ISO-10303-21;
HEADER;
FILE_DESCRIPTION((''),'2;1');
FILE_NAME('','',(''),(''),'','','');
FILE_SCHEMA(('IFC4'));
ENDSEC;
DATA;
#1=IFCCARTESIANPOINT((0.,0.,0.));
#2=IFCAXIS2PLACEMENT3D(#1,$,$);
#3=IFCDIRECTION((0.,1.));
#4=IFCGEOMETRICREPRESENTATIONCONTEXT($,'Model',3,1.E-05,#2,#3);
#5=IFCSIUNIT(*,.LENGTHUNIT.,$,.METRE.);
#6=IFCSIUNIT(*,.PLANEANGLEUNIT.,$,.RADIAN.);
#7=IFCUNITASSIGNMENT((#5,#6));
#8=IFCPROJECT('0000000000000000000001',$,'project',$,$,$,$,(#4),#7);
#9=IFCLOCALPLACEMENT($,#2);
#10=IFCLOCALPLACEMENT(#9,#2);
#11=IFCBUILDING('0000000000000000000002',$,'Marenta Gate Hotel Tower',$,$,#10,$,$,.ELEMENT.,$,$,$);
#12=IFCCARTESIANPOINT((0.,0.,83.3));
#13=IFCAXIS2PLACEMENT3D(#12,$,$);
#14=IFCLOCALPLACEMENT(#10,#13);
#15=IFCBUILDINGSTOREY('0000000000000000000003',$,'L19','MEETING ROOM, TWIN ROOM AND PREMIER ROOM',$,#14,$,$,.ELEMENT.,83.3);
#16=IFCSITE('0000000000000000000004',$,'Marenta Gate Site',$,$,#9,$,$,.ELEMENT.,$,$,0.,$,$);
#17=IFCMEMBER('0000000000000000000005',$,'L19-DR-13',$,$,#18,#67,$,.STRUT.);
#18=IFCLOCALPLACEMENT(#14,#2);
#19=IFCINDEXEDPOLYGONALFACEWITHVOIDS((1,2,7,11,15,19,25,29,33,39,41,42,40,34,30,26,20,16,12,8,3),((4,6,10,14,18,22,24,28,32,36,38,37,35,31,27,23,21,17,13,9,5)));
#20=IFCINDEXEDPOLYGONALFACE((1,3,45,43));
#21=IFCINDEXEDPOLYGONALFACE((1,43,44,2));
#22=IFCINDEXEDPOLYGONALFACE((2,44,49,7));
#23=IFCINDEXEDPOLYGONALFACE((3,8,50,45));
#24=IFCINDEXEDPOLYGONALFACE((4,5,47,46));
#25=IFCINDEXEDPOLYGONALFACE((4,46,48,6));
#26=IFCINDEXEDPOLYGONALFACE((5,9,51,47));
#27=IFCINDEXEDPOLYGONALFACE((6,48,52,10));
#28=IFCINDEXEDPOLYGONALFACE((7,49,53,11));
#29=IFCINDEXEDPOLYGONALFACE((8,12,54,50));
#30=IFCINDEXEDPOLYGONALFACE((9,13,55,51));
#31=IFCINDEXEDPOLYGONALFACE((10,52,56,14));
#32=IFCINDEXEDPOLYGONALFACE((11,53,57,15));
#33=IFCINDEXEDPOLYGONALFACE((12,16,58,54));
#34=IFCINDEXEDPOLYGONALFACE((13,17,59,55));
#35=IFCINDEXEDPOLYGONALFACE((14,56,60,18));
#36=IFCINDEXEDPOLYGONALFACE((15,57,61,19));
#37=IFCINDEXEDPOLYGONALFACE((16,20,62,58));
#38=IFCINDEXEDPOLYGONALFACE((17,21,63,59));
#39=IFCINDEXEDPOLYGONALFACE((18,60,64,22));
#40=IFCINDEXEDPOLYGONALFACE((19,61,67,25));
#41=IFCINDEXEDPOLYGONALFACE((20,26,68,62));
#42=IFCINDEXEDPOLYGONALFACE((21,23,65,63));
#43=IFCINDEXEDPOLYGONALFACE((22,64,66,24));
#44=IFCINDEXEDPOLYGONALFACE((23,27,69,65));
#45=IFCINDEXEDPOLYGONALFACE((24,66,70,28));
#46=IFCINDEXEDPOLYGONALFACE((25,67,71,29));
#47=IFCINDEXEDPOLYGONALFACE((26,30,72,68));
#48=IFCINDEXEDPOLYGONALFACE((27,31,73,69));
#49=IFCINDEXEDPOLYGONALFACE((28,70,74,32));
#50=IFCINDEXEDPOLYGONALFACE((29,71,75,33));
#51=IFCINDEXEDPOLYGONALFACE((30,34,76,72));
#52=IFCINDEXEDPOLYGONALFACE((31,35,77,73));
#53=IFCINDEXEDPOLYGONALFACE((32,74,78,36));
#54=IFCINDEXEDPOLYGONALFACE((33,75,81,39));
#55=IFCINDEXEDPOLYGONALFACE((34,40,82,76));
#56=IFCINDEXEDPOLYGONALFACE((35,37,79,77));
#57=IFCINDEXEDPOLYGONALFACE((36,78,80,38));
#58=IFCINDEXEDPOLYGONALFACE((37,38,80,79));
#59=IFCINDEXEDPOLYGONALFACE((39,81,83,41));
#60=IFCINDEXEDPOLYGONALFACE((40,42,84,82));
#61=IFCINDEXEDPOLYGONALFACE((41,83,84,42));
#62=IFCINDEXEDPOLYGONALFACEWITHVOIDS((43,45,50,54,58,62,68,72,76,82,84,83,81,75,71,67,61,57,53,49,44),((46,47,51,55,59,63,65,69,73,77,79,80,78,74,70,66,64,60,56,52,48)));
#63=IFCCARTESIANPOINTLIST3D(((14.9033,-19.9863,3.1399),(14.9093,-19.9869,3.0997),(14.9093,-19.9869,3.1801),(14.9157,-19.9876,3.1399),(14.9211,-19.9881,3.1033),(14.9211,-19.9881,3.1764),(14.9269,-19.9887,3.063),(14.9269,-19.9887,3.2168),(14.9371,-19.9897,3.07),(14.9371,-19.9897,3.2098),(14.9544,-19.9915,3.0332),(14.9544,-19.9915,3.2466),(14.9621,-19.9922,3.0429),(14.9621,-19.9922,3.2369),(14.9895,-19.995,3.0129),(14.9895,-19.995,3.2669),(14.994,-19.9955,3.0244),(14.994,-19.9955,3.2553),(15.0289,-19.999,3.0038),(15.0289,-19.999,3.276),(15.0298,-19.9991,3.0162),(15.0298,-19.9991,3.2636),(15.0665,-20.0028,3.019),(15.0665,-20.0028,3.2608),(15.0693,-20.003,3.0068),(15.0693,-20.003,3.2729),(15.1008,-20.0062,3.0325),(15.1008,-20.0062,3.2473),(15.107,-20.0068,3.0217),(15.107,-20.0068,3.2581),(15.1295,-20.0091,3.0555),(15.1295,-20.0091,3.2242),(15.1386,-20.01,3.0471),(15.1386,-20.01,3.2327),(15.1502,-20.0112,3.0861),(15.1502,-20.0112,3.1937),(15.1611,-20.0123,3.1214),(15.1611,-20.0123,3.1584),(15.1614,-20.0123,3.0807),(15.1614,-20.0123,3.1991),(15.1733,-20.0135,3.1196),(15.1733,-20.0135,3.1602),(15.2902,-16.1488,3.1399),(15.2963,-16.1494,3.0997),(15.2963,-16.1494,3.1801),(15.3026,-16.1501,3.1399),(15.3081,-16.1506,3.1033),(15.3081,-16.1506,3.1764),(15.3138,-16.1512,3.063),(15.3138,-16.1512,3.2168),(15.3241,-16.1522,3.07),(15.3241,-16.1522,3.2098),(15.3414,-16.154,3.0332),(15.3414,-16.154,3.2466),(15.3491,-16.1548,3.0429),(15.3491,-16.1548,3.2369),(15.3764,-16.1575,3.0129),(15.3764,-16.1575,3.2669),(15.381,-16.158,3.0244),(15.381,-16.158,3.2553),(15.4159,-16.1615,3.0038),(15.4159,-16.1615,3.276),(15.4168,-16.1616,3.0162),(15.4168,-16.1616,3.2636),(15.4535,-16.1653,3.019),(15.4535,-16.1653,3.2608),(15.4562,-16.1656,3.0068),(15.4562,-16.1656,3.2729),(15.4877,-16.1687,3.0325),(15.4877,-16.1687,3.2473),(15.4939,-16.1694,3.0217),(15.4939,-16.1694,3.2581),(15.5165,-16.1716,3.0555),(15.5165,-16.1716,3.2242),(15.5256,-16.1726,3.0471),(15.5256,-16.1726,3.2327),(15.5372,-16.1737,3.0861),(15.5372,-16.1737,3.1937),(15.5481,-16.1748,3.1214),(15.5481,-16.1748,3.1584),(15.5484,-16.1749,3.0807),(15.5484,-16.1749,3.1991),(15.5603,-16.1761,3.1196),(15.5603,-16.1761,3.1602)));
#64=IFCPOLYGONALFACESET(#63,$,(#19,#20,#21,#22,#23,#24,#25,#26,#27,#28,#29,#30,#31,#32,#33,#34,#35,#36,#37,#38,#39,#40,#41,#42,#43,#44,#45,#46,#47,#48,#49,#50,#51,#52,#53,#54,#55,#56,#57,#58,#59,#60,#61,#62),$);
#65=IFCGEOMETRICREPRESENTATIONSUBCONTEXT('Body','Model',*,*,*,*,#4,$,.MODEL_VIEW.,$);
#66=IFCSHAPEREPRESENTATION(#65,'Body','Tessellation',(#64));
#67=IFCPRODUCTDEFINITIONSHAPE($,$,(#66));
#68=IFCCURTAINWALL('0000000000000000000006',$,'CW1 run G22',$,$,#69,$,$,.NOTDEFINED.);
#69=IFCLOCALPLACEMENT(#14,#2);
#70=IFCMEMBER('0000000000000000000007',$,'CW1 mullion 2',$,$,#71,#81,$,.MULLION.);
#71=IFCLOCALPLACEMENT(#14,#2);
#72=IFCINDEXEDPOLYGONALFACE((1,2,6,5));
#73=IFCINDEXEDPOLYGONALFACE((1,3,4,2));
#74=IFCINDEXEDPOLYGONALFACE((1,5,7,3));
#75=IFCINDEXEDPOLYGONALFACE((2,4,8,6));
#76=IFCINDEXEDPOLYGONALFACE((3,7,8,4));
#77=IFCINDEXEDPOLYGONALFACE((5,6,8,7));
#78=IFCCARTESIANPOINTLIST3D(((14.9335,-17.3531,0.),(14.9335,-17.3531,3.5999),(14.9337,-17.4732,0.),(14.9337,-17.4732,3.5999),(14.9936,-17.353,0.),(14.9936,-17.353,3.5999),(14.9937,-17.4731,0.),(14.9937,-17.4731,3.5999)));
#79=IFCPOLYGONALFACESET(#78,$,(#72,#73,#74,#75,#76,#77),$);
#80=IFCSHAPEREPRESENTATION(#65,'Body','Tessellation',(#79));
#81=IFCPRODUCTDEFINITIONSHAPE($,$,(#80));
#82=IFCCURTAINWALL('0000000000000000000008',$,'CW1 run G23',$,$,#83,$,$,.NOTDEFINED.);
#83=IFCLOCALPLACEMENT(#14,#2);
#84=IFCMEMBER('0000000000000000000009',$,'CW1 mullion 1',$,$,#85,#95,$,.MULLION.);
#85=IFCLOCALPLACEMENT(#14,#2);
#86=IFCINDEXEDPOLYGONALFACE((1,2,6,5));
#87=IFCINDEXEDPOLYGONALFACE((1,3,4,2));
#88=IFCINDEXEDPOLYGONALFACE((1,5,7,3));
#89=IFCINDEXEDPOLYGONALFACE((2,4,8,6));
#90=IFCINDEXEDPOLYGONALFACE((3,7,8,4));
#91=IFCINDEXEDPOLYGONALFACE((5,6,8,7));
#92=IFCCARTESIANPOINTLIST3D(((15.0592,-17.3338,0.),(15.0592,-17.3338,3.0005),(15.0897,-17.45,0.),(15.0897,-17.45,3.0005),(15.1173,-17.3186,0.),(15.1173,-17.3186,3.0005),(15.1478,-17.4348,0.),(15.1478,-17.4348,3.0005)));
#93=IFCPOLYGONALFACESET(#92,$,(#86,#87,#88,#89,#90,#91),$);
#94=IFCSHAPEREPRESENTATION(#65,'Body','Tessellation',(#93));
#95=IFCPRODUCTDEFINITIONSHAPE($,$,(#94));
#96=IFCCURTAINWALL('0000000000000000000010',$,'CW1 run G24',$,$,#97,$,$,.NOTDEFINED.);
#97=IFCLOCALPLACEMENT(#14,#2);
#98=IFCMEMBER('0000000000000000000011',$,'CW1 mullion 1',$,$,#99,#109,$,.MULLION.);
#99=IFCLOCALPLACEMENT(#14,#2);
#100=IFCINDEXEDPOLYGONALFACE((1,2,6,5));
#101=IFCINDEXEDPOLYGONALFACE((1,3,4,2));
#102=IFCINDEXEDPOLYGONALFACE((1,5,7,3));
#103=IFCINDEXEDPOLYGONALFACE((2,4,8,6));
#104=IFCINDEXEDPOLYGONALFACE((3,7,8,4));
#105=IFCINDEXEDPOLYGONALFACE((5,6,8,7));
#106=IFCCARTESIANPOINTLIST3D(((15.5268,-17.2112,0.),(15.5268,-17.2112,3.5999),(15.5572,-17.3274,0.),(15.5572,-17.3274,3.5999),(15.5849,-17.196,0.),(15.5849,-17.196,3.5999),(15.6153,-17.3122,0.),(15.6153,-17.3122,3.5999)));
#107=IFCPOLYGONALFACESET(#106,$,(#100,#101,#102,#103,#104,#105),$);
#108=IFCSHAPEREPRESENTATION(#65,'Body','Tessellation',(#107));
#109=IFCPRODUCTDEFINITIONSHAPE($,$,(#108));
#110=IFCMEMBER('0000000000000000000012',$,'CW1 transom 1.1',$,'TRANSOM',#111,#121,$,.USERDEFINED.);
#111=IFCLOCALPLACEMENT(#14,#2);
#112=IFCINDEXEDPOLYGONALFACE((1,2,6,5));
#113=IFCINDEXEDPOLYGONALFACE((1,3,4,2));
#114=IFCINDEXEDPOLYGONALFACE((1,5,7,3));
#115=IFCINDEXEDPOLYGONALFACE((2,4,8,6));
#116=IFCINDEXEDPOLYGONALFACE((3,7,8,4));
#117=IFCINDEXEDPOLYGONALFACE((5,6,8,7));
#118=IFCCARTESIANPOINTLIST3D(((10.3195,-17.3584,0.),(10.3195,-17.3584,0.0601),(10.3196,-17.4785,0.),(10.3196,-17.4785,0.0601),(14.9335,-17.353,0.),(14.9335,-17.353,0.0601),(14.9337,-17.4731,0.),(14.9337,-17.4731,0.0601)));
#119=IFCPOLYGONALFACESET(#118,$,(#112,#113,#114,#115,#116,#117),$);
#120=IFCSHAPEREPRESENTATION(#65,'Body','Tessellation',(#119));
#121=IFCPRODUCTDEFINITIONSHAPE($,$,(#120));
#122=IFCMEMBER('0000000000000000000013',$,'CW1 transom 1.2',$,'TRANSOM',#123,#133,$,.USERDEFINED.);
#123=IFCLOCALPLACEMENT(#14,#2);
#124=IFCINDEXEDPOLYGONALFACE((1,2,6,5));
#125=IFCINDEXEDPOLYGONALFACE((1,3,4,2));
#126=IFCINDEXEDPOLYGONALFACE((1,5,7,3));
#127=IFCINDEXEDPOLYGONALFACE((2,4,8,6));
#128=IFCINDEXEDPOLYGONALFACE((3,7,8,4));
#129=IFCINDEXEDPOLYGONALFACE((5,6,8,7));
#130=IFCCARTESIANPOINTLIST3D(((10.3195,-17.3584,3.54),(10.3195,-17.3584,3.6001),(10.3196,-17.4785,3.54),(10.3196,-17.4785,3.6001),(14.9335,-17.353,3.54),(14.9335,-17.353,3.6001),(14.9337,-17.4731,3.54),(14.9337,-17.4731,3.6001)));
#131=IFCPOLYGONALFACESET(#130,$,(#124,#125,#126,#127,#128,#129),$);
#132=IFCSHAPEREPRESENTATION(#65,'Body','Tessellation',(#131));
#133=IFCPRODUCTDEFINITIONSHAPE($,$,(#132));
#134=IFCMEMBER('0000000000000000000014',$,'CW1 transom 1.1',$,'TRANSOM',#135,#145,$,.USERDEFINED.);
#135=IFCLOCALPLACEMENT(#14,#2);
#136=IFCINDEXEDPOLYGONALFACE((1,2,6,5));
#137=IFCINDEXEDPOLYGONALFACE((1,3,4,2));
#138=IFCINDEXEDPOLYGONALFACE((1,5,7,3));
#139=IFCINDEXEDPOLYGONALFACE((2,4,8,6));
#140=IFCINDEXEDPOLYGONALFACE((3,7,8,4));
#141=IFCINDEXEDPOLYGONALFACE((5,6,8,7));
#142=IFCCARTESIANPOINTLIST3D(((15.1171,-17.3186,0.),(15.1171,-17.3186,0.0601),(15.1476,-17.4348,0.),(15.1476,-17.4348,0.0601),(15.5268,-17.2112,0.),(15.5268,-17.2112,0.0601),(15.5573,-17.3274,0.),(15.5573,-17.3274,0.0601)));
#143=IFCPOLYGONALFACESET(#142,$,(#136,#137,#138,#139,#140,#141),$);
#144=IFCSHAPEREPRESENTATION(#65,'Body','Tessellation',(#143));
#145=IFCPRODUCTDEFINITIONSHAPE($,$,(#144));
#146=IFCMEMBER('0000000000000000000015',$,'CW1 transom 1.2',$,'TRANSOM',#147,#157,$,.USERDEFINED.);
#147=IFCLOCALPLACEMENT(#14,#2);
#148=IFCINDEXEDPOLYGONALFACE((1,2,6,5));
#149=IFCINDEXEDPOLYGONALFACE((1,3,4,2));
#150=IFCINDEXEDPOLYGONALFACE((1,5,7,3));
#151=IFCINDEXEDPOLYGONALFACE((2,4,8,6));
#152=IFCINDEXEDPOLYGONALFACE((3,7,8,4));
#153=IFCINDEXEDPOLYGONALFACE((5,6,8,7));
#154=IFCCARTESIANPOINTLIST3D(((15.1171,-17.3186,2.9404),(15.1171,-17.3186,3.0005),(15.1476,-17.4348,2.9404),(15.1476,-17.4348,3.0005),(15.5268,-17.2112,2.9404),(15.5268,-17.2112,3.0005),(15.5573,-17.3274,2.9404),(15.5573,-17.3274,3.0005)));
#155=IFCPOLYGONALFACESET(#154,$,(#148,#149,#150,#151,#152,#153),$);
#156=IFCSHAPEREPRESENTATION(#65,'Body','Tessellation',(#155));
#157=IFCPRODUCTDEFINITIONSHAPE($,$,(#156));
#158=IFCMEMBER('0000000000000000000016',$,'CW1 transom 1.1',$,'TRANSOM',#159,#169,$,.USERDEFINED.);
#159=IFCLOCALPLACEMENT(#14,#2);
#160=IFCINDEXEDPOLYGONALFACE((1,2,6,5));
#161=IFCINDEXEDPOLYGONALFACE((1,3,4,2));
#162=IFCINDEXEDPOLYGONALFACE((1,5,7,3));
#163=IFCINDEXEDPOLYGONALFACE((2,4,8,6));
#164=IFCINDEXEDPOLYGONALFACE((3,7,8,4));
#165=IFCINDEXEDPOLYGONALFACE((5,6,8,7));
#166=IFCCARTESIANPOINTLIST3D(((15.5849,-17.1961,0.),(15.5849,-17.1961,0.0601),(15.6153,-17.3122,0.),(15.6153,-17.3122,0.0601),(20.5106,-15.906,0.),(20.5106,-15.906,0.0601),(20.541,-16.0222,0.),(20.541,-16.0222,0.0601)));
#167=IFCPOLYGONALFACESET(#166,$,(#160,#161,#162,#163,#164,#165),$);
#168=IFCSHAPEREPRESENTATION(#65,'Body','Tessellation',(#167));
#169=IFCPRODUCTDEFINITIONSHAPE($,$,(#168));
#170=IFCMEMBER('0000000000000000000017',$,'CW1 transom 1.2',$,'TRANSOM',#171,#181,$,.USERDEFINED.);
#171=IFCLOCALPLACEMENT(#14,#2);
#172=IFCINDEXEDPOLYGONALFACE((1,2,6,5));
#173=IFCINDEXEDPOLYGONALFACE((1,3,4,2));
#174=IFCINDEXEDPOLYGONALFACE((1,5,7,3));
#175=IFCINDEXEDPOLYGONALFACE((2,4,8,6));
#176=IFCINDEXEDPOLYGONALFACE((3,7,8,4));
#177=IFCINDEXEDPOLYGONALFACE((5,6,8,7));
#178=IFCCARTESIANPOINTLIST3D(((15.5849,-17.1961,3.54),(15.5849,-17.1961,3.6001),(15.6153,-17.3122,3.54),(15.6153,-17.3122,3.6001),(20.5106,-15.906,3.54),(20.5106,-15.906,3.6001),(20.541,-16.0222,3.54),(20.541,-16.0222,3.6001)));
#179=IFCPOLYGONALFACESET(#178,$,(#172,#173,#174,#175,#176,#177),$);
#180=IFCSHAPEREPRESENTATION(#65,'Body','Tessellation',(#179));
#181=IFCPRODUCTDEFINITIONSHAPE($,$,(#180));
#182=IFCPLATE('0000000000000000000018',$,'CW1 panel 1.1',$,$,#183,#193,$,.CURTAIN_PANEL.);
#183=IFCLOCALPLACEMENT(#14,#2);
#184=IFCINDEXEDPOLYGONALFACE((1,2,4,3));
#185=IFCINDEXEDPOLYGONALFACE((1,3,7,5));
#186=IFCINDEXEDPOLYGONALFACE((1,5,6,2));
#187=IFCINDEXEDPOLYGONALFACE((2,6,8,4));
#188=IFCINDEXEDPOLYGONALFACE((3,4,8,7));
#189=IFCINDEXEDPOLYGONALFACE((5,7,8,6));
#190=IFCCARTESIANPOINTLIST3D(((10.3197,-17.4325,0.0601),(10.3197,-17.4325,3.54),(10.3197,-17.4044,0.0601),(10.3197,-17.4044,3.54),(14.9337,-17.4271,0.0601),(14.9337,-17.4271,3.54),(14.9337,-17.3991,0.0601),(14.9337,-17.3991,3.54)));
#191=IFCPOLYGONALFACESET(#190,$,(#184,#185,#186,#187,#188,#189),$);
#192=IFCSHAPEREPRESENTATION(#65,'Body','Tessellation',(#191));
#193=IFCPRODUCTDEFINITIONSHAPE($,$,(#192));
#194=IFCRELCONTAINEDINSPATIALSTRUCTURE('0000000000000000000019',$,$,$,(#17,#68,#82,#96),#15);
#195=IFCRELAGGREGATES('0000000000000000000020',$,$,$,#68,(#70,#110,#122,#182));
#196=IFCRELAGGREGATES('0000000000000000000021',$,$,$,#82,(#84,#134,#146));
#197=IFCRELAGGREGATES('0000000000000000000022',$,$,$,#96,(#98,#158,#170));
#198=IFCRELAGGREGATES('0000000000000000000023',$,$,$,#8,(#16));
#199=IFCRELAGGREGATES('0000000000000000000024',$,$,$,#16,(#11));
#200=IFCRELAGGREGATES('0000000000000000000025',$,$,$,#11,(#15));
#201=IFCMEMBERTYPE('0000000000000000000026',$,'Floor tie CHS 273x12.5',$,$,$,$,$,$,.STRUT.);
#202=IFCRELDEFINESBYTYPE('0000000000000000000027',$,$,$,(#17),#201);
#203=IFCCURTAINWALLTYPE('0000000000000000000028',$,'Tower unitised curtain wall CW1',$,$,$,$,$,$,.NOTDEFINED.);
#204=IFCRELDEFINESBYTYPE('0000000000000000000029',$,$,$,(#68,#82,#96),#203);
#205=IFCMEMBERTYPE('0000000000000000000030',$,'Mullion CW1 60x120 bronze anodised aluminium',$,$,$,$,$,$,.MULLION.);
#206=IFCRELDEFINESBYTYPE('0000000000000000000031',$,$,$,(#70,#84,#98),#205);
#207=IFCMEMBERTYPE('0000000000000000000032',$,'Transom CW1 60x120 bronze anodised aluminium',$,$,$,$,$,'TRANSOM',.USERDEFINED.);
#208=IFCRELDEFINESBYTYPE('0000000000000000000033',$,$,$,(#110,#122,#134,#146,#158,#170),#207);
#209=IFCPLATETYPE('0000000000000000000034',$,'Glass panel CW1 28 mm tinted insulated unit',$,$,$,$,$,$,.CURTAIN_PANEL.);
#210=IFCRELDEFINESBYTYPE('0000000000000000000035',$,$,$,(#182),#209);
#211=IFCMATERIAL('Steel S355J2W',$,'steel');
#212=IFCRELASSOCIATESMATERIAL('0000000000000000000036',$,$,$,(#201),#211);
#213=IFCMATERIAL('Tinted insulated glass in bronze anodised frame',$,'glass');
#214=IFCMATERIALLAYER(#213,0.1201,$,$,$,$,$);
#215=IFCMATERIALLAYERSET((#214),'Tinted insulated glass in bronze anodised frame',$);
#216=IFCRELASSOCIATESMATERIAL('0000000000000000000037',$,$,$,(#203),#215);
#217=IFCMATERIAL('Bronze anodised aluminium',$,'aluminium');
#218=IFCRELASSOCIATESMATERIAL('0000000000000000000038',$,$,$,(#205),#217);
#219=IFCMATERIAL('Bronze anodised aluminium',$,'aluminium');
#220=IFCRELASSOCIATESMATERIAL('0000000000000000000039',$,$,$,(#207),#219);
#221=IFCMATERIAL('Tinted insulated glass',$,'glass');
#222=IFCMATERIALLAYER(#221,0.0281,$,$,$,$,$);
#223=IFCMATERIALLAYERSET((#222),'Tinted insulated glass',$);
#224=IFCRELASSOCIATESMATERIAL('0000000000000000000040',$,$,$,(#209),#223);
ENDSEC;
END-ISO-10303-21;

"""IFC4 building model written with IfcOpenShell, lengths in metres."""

from ifc_helpers import new_model, si_unit, direction, frame, origin, origin_2d, place, context, subcontext, project, spatial, rectangle, hollow_circle, extrude, material, layer, layer_set, material_profile, profile_set, type_object, element, aggregate, save


model = new_model("IFC4")

# Units and contexts
model_context = context("Model", 3, precision=1e-05, world=origin(), true_north=direction((0.0, 1.0)))
body_context = subcontext(model_context, "Body", "Model", "MODEL_VIEW")
ifc_project = project(units=[si_unit("LENGTHUNIT", "METRE"), si_unit("PLANEANGLEUNIT", "RADIAN")], contexts=[model_context])

# Site, building, storey
site_placement = place(None, origin())
site = spatial("IfcSite", under=ifc_project, at=site_placement, Name="Marenta Gate Site", CompositionType="ELEMENT", RefElevation=0.0)
building_placement = place(site_placement, origin())
building = spatial("IfcBuilding", under=site, at=building_placement, Name="Marenta Gate Hotel Tower", CompositionType="ELEMENT")
storey_placement = place(building_placement, frame((0.0, 0.0, 83.3)))
storey = spatial("IfcBuildingStorey", under=building, at=storey_placement, Name="L19", Description="MEETING ROOM, TWIN ROOM AND PREMIER ROOM", CompositionType="ELEMENT", Elevation=83.3)

# Member
ifc_material_1 = material(Name="Steel S355J2W", Category="steel")
ifc_material_profile_1 = material_profile(ifc_material_1, hollow_circle(Radius=0.1365, WallThickness=0.0125, at=origin_2d()), Name="CHS 273x12.5")
ifc_profile_set_1 = profile_set([ifc_material_profile_1], Name="Steel S355J2W")
member_type_1 = type_object("IfcMemberType", Name="Floor tie CHS 273x12.5", PredefinedType="STRUT", material=ifc_profile_set_1)
member_1_placement = place(storey_placement, frame((15.0391, -20.0, 3.1399), z_axis=(0.100331, 0.994954, 0.0), x_axis=(-0.994954, 0.100331, 0.0)))
element("IfcMember", 1, at=member_1_placement, inside=storey, type_object=member_type_1, Name="L19-DR-13", PredefinedType="STRUT", context=body_context, shape_type="SweptSolid", body=[
    extrude(hollow_circle(Radius=0.1365, WallThickness=0.0125, at=origin_2d()), origin(), (0.0, 0.0, 1.0), 3.8569),
])

# Curtain walls, members
ifc_material_2 = material(Name="Tinted insulated glass in bronze anodised frame", Category="glass")
ifc_layer_1 = layer(ifc_material_2, 0.1201)
ifc_layer_set_1 = layer_set([ifc_layer_1], Name="Tinted insulated glass in bronze anodised frame")
curtain_wall_type = type_object("IfcCurtainWallType", Name="Tower unitised curtain wall CW1", PredefinedType="NOTDEFINED", material=ifc_layer_set_1)
curtain_wall_1_placement = place(storey_placement, origin())
curtain_wall_1 = element("IfcCurtainWall", 2, at=curtain_wall_1_placement, inside=storey, type_object=curtain_wall_type, Name="CW1 run G22", PredefinedType="NOTDEFINED")
ifc_material_3 = material(Name="Bronze anodised aluminium", Category="aluminium")
ifc_material_profile_2 = material_profile(ifc_material_3, rectangle(XDim=0.1201, YDim=0.0601, at=origin_2d()), Name="Mullion CW1 60x120 bronze anodised aluminium")
ifc_profile_set_2 = profile_set([ifc_material_profile_2], Name="Bronze anodised aluminium")
member_type_2 = type_object("IfcMemberType", Name="Mullion CW1 60x120 bronze anodised aluminium", PredefinedType="MULLION", material=ifc_profile_set_2)
member_2_placement = place(storey_placement, frame((14.9636, -17.4131, 0.0), z_axis=(0.0, 0.0, 1.0), x_axis=(-0.001162, 0.999999, 0.0)))
member_2 = element("IfcMember", 3, at=member_2_placement, type_object=member_type_2, Name="CW1 mullion 2", PredefinedType="MULLION", context=body_context, shape_type="SweptSolid", body=[
    extrude(rectangle(XDim=0.1201, YDim=0.0601, at=origin_2d()), origin(), (0.0, 0.0, 1.0), 3.5999),
])
curtain_wall_2_placement = place(storey_placement, origin())
curtain_wall_2 = element("IfcCurtainWall", 4, at=curtain_wall_2_placement, inside=storey, type_object=curtain_wall_type, Name="CW1 run G23", PredefinedType="NOTDEFINED")
member_3_placement = place(storey_placement, frame((15.1035, -17.3843, 0.0), z_axis=(0.0, 0.0, 1.0), x_axis=(-0.253424, 0.967355, 0.0)))
member_3 = element("IfcMember", 5, at=member_3_placement, type_object=member_type_2, Name="CW1 mullion 1", PredefinedType="MULLION", context=body_context, shape_type="SweptSolid", body=[
    extrude(rectangle(XDim=0.1201, YDim=0.0601, at=origin_2d()), origin(), (0.0, 0.0, 1.0), 3.0005),
])
curtain_wall_3_placement = place(storey_placement, origin())
curtain_wall_3 = element("IfcCurtainWall", 6, at=curtain_wall_3_placement, inside=storey, type_object=curtain_wall_type, Name="CW1 run G24", PredefinedType="NOTDEFINED")
member_4_placement = place(storey_placement, frame((15.571, -17.2617, 0.0), z_axis=(0.0, 0.0, 1.0), x_axis=(-0.253364, 0.967371, 0.0)))
member_4 = element("IfcMember", 7, at=member_4_placement, type_object=member_type_2, Name="CW1 mullion 1", PredefinedType="MULLION", context=body_context, shape_type="SweptSolid", body=[
    extrude(rectangle(XDim=0.1201, YDim=0.0601, at=origin_2d()), origin(), (0.0, 0.0, 1.0), 3.5999),
])

# Members
ifc_material_4 = material(Name="Bronze anodised aluminium", Category="aluminium")
ifc_material_profile_3 = material_profile(ifc_material_4, rectangle(XDim=0.1201, YDim=0.0601, at=origin_2d()), Name="Transom CW1 60x120 bronze anodised aluminium")
ifc_profile_set_3 = profile_set([ifc_material_profile_3], Name="Bronze anodised aluminium")
member_type_3 = type_object("IfcMemberType", Name="Transom CW1 60x120 bronze anodised aluminium", ElementType="TRANSOM", PredefinedType="USERDEFINED", material=ifc_profile_set_3)
member_5_placement = place(storey_placement, frame((10.3196, -17.4185, 0.03), z_axis=(0.999999, 0.001164, 0.0), x_axis=(-0.001164, 0.999999, 0.0)))
member_5 = element("IfcMember", 8, at=member_5_placement, type_object=member_type_3, Name="CW1 transom 1.1", ObjectType="TRANSOM", PredefinedType="USERDEFINED", context=body_context, shape_type="SweptSolid", body=[
    extrude(rectangle(XDim=0.1201, YDim=0.0601, at=origin_2d()), origin(), (0.0, 0.0, 1.0), 4.614),
])
member_6_placement = place(storey_placement, frame((10.3196, -17.4185, 3.5701), z_axis=(0.999999, 0.001164, 0.0), x_axis=(-0.001164, 0.999999, 0.0)))
member_6 = element("IfcMember", 9, at=member_6_placement, type_object=member_type_3, Name="CW1 transom 1.2", ObjectType="TRANSOM", PredefinedType="USERDEFINED", context=body_context, shape_type="SweptSolid", body=[
    extrude(rectangle(XDim=0.1201, YDim=0.0601, at=origin_2d()), origin(), (0.0, 0.0, 1.0), 4.614),
])
member_7_placement = place(storey_placement, frame((15.1323, -17.3767, 0.03), z_axis=(0.967298, 0.253642, 0.0), x_axis=(-0.253642, 0.967298, 0.0)))
member_7 = element("IfcMember", 10, at=member_7_placement, type_object=member_type_3, Name="CW1 transom 1.1", ObjectType="TRANSOM", PredefinedType="USERDEFINED", context=body_context, shape_type="SweptSolid", body=[
    extrude(rectangle(XDim=0.1201, YDim=0.0601, at=origin_2d()), origin(), (0.0, 0.0, 1.0), 0.4236),
])
member_8_placement = place(storey_placement, frame((15.1323, -17.3767, 2.9705), z_axis=(0.967298, 0.253642, 0.0), x_axis=(-0.253642, 0.967298, 0.0)))
member_8 = element("IfcMember", 11, at=member_8_placement, type_object=member_type_3, Name="CW1 transom 1.2", ObjectType="TRANSOM", PredefinedType="USERDEFINED", context=body_context, shape_type="SweptSolid", body=[
    extrude(rectangle(XDim=0.1201, YDim=0.0601, at=origin_2d()), origin(), (0.0, 0.0, 1.0), 0.4236),
])
member_9_placement = place(storey_placement, frame((15.6001, -17.2542, 0.03), z_axis=(0.967374, 0.253351, 0.0), x_axis=(-0.253351, 0.967374, 0.0)))
member_9 = element("IfcMember", 12, at=member_9_placement, type_object=member_type_3, Name="CW1 transom 1.1", ObjectType="TRANSOM", PredefinedType="USERDEFINED", context=body_context, shape_type="SweptSolid", body=[
    extrude(rectangle(XDim=0.1201, YDim=0.0601, at=origin_2d()), origin(), (0.0, 0.0, 1.0), 5.0918),
])
member_10_placement = place(storey_placement, frame((15.6001, -17.2542, 3.5701), z_axis=(0.967374, 0.253351, 0.0), x_axis=(-0.253351, 0.967374, 0.0)))
member_10 = element("IfcMember", 13, at=member_10_placement, type_object=member_type_3, Name="CW1 transom 1.2", ObjectType="TRANSOM", PredefinedType="USERDEFINED", context=body_context, shape_type="SweptSolid", body=[
    extrude(rectangle(XDim=0.1201, YDim=0.0601, at=origin_2d()), origin(), (0.0, 0.0, 1.0), 5.0918),
])

# Plate
ifc_material_5 = material(Name="Tinted insulated glass", Category="glass")
ifc_layer_2 = layer(ifc_material_5, 0.0281)
ifc_layer_set_2 = layer_set([ifc_layer_2], Name="Tinted insulated glass")
plate_type = type_object("IfcPlateType", Name="Glass panel CW1 28 mm tinted insulated unit", PredefinedType="CURTAIN_PANEL", material=ifc_layer_set_2)
plate_1_placement = place(storey_placement, frame((12.6267, -17.4158, 0.0601), z_axis=(0.0, 0.0, 1.0), x_axis=(0.999999, 0.001162, 0.0)))
plate_1 = element("IfcPlate", 14, at=plate_1_placement, type_object=plate_type, Name="CW1 panel 1.1", PredefinedType="CURTAIN_PANEL", context=body_context, shape_type="SweptSolid", body=[
    extrude(rectangle(XDim=4.614, YDim=0.0281, at=origin_2d()), origin(), (0.0, 0.0, 1.0), 3.48),
])
aggregate(curtain_wall_1, [member_2, member_5, member_6, plate_1])
aggregate(curtain_wall_2, [member_3, member_7, member_8])
aggregate(curtain_wall_3, [member_4, member_9, member_10])

save(model, "model.ifc")
